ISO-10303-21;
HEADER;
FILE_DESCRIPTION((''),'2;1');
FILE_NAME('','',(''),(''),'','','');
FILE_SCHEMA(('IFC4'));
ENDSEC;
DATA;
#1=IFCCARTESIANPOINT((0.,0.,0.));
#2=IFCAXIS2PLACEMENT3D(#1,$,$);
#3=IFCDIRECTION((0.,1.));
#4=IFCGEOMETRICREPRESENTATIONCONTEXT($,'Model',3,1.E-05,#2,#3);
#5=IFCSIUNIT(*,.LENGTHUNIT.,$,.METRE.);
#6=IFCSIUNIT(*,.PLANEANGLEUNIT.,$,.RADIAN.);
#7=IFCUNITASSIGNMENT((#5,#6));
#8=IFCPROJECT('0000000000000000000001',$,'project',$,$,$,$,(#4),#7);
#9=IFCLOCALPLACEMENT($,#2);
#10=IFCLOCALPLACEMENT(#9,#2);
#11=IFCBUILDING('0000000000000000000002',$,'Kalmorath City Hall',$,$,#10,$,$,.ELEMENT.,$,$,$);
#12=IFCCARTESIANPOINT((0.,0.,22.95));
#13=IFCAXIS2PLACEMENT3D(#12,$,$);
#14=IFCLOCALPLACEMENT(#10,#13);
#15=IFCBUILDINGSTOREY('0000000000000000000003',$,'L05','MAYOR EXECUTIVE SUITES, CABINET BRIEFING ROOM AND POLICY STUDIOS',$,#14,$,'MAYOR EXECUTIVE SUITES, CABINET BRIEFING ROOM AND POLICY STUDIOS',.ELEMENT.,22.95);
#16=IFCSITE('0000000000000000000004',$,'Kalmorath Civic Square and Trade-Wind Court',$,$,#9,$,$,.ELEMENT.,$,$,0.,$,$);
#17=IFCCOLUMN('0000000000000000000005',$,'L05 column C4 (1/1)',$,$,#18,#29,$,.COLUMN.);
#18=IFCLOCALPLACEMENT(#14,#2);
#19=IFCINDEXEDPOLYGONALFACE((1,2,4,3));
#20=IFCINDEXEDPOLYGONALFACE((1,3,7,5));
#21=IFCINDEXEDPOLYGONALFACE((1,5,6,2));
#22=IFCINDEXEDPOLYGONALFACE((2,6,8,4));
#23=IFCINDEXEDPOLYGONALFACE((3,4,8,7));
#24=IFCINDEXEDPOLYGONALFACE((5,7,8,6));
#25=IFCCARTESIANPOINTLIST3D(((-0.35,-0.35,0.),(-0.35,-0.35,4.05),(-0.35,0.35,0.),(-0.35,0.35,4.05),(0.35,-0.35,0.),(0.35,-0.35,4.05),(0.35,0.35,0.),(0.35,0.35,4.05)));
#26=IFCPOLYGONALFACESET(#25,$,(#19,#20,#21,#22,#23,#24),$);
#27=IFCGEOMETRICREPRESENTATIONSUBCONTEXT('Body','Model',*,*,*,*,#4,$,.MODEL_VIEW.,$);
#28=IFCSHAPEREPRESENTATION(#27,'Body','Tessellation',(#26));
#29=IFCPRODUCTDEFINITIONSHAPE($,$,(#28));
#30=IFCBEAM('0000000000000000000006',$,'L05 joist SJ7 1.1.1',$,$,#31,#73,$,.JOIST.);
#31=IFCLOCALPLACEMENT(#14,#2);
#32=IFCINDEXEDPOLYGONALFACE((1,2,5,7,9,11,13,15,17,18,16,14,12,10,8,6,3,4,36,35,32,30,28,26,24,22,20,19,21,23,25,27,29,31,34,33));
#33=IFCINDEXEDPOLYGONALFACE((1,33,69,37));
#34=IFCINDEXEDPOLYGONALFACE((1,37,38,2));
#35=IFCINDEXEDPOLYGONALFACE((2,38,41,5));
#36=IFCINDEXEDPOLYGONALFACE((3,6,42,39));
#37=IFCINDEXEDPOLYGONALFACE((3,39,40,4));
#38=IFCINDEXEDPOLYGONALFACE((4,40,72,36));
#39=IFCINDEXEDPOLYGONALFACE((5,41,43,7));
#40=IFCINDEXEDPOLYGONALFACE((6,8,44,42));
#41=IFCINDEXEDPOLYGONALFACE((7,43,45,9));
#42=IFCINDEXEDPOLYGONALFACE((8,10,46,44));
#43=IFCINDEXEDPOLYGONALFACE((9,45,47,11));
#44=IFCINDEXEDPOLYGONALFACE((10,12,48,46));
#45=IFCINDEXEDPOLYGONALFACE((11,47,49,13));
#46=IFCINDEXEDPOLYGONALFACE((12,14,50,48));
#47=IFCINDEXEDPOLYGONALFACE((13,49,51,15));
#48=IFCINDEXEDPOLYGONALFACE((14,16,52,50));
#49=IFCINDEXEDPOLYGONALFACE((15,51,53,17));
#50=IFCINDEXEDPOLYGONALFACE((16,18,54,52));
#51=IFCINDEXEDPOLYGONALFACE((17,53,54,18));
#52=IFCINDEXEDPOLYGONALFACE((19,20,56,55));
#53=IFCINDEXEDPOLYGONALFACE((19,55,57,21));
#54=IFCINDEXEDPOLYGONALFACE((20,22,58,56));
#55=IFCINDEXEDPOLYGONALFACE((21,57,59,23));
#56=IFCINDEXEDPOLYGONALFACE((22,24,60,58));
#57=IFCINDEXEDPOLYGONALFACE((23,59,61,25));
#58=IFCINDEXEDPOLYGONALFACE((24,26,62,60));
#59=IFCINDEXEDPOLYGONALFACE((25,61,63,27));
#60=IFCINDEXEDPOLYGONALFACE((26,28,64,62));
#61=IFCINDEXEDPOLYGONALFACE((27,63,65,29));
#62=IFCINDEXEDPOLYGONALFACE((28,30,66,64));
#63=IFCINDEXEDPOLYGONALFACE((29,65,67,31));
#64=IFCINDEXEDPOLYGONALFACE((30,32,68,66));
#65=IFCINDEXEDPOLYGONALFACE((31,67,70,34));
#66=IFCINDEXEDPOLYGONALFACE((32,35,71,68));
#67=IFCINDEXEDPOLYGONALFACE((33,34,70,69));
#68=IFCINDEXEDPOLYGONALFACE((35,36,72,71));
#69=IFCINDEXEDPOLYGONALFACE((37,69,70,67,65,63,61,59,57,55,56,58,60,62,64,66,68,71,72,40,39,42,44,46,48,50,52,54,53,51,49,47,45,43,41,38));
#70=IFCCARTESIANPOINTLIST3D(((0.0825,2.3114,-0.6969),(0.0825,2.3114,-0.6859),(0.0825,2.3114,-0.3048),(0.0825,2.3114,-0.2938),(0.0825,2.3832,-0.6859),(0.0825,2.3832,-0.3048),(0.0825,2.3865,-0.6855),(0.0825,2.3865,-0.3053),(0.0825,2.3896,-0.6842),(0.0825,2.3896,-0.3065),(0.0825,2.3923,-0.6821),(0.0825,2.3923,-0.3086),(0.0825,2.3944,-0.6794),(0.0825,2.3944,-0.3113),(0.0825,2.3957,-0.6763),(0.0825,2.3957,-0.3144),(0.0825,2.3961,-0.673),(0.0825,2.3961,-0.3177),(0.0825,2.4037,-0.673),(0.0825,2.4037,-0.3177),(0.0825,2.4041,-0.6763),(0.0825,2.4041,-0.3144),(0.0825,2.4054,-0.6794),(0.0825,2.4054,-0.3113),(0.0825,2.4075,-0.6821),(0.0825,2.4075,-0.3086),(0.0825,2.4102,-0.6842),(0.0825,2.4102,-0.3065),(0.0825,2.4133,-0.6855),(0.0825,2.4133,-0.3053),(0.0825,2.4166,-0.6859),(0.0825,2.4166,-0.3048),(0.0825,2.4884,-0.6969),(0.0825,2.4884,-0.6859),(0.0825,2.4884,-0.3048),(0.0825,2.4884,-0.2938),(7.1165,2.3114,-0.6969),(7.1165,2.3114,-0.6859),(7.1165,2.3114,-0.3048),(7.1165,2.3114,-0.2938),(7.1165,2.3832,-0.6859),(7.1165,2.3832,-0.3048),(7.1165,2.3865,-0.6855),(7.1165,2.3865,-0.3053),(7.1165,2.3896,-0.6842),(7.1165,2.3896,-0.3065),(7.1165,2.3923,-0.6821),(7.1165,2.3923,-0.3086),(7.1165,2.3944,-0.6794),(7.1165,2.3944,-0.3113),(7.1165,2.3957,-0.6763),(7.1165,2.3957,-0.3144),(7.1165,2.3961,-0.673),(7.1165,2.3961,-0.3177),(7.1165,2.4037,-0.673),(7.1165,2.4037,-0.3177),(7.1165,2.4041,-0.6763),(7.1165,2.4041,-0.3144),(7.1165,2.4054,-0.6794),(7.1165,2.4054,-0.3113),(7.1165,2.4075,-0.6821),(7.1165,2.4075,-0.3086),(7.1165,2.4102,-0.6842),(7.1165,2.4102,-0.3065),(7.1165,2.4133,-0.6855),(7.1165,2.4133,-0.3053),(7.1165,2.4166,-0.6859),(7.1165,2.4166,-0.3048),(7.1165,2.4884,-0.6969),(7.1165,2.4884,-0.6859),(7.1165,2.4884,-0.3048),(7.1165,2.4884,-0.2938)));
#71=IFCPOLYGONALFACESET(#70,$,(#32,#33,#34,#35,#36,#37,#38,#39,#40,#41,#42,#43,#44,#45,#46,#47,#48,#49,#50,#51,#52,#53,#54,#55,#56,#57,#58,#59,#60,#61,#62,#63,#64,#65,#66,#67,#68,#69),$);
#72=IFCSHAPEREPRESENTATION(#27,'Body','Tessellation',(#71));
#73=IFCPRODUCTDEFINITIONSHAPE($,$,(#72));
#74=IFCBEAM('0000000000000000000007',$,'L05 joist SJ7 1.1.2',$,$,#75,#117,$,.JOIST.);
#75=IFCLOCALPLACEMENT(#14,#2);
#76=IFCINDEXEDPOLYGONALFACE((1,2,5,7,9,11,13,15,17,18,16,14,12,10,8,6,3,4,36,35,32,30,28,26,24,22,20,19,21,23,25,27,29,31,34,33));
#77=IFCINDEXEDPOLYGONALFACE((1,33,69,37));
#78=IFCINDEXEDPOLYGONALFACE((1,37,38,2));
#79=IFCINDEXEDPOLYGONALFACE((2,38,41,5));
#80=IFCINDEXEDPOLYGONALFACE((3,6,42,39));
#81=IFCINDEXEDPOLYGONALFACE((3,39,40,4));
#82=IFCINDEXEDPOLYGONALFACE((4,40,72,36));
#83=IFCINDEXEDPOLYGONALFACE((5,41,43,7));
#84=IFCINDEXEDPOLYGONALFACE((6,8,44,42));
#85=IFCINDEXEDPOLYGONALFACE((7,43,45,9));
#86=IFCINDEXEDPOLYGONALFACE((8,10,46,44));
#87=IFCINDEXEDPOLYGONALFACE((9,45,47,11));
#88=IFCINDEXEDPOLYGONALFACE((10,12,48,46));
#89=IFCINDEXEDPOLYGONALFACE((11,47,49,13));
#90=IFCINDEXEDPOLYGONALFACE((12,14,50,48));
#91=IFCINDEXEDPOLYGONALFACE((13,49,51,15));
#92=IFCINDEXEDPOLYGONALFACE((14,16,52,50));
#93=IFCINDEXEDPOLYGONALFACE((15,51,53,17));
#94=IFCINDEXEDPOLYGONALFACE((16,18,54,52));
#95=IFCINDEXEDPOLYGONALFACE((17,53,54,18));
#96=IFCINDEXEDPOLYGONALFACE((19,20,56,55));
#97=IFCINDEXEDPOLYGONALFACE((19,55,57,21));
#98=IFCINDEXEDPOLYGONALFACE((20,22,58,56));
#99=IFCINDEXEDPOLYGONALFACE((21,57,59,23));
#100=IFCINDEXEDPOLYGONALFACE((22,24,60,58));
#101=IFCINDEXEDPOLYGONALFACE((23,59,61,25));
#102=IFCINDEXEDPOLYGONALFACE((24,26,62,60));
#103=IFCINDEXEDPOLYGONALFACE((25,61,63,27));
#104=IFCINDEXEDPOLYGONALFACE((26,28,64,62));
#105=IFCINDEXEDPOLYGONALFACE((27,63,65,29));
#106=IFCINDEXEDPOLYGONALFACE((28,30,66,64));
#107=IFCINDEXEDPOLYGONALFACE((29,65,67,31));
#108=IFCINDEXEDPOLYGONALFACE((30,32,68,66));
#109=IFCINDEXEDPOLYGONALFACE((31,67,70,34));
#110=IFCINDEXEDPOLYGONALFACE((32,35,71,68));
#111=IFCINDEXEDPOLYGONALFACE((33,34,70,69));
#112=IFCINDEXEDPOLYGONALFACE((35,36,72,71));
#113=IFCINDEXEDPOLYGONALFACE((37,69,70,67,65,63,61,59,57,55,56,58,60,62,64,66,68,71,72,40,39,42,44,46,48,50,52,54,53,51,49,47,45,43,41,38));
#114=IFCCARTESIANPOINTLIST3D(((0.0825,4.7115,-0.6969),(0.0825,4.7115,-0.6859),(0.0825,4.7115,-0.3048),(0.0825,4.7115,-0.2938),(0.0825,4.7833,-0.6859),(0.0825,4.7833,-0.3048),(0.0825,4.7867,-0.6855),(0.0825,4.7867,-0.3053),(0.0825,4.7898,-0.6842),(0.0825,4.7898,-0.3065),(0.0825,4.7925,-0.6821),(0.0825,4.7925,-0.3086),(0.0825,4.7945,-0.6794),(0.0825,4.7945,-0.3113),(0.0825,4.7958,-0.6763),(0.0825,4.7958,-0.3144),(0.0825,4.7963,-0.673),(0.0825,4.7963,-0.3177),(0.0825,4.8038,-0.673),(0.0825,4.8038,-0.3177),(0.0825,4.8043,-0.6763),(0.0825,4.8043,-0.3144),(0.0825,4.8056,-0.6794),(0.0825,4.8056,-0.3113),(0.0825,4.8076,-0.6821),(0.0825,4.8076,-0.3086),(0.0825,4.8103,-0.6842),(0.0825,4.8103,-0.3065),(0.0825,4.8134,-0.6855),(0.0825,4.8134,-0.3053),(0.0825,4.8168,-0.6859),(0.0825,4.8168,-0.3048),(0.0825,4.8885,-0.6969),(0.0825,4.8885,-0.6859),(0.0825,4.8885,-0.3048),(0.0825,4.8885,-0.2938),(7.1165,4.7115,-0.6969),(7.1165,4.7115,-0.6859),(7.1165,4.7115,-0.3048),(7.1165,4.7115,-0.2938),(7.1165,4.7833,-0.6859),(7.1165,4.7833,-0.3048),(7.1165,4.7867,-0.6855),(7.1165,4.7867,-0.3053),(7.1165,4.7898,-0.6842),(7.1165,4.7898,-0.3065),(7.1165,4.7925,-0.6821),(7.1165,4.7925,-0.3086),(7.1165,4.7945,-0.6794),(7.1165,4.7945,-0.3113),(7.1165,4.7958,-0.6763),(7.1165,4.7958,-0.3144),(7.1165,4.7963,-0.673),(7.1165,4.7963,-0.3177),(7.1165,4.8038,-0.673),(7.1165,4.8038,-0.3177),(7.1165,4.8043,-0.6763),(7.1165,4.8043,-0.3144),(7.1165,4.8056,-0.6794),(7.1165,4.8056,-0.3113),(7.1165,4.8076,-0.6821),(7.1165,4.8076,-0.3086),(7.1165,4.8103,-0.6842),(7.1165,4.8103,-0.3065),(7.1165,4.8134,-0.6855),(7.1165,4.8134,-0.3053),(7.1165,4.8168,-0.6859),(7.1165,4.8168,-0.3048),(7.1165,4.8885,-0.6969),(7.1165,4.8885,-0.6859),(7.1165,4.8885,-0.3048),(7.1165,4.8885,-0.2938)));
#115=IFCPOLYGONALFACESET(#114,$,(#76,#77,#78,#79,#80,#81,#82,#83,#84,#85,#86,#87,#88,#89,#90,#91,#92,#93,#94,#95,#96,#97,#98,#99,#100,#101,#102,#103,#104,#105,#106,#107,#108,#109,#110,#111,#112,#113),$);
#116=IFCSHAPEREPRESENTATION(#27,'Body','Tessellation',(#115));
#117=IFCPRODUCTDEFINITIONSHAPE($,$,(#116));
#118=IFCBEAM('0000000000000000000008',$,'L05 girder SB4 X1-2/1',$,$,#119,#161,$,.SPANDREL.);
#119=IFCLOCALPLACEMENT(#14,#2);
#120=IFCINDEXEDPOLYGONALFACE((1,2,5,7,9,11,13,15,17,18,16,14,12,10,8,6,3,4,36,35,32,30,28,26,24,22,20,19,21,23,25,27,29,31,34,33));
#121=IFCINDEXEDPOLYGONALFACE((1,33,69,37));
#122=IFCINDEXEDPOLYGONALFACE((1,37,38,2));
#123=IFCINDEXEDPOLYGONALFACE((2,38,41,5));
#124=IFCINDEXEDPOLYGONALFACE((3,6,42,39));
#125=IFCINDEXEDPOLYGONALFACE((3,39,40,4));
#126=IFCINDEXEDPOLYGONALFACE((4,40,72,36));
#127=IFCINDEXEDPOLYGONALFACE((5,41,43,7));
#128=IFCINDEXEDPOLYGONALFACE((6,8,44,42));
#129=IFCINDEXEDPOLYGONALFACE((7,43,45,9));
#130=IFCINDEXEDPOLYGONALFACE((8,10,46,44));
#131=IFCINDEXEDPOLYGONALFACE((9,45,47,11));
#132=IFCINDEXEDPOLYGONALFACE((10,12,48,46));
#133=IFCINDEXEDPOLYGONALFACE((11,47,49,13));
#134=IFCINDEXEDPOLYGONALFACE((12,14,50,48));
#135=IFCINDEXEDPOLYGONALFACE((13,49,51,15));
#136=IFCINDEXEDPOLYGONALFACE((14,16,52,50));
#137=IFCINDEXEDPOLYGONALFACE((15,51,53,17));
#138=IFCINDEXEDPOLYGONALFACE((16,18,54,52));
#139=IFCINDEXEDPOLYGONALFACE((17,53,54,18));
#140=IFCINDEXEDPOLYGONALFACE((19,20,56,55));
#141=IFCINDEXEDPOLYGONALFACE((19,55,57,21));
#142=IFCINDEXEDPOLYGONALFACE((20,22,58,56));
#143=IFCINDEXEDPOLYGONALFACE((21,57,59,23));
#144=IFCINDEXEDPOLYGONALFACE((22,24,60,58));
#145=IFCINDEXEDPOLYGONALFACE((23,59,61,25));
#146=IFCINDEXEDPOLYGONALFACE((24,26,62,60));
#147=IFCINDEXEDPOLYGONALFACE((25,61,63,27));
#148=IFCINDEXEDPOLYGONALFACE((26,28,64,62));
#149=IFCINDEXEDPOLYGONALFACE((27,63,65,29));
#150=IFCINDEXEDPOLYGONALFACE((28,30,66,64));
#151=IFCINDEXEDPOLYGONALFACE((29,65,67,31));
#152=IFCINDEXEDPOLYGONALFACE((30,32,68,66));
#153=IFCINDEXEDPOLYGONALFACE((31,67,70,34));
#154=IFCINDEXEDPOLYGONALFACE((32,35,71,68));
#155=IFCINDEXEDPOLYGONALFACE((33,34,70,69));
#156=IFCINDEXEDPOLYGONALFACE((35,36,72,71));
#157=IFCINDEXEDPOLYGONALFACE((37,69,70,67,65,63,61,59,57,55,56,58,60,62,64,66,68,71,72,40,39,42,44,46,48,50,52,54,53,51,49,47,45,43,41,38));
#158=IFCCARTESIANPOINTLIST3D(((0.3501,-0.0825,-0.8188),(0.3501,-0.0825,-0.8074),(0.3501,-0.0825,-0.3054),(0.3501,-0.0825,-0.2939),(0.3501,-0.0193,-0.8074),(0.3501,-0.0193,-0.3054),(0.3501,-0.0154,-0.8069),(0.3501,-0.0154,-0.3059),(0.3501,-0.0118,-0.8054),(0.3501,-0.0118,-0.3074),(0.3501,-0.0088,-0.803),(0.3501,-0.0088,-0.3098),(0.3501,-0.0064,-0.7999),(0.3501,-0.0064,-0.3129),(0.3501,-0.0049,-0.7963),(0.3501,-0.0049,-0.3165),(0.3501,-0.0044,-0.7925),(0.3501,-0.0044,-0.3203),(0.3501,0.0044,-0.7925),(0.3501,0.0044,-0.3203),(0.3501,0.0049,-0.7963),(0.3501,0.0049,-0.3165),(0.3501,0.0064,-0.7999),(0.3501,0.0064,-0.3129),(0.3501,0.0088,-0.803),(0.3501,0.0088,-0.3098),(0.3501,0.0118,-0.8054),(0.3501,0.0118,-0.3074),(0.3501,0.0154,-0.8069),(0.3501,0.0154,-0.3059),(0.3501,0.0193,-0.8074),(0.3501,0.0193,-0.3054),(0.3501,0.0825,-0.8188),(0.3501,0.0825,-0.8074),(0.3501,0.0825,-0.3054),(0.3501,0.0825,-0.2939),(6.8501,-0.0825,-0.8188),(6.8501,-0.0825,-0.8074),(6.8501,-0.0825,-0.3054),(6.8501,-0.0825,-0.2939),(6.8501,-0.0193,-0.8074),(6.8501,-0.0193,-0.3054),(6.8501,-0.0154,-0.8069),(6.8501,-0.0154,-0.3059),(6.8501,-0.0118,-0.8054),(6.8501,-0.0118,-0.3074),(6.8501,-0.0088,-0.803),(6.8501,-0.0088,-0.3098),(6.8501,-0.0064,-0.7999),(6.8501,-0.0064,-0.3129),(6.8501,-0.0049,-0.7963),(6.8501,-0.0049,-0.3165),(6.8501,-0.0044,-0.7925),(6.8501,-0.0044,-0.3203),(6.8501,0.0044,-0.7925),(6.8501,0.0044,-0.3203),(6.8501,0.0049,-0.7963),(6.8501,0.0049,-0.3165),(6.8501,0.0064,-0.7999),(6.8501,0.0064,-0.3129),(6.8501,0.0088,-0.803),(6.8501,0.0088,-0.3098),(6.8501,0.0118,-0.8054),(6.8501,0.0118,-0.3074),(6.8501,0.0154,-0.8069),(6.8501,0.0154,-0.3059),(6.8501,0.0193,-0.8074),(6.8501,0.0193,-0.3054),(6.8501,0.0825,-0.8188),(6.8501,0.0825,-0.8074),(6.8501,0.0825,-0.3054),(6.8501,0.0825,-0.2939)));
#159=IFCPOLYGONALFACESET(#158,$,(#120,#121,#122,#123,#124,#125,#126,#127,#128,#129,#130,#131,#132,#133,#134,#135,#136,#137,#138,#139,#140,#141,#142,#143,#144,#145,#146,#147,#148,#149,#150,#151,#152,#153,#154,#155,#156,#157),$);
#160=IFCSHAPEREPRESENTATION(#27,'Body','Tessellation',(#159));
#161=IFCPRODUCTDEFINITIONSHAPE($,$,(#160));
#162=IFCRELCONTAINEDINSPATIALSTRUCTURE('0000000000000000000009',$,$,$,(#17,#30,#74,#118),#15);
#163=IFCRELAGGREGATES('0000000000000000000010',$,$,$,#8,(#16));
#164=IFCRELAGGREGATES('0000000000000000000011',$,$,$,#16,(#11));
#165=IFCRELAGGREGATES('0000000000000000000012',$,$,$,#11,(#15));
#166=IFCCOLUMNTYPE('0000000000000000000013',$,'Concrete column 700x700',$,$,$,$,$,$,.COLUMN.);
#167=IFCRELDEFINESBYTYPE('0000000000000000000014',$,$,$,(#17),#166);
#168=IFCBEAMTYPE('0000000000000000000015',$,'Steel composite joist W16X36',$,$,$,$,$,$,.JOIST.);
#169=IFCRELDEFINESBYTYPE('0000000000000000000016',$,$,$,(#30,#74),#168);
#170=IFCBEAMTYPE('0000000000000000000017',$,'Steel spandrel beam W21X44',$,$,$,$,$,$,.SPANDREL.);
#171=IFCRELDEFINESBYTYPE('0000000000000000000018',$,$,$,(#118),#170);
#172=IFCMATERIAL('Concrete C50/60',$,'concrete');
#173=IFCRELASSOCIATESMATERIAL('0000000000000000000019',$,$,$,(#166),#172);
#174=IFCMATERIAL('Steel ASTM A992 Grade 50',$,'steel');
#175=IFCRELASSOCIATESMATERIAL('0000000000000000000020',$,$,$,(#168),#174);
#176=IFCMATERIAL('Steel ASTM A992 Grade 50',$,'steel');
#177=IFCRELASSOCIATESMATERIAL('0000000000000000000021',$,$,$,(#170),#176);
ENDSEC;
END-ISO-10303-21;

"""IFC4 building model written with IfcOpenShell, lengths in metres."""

from ifc_helpers import new_model, si_unit, direction, frame, origin, origin_with_axes, origin_2d, place, context, subcontext, project, spatial, rectangle, i_section, extrude, material, material_profile, profile_set, type_object, element, save


model = new_model("IFC4")

# Units and contexts
model_context = context("Model", 3, precision=1e-05, world=origin(), true_north=direction((0.0, 1.0)))
body_context = subcontext(model_context, "Body", "Model", "MODEL_VIEW")
ifc_project = project(units=[si_unit("LENGTHUNIT", "METRE"), si_unit("PLANEANGLEUNIT", "RADIAN")], contexts=[model_context])

# Site, building, storey
site_placement = place(None, origin())
site = spatial("IfcSite", under=ifc_project, at=site_placement, Name="Kalmorath Civic Square and Trade-Wind Court", CompositionType="ELEMENT", RefElevation=0.0)
building_placement = place(site_placement, origin())
building = spatial("IfcBuilding", under=site, at=building_placement, Name="Kalmorath City Hall", CompositionType="ELEMENT")
storey_placement = place(building_placement, frame((0.0, 0.0, 22.95)))
storey = spatial("IfcBuildingStorey", under=building, at=storey_placement, Name="L05", Description="MAYOR EXECUTIVE SUITES, CABINET BRIEFING ROOM AND POLICY STUDIOS", LongName="MAYOR EXECUTIVE SUITES, CABINET BRIEFING ROOM AND POLICY STUDIOS", CompositionType="ELEMENT", Elevation=22.95)

# Column
ifc_material_1 = material(Name="Concrete C50/60", Category="concrete")
ifc_material_profile_1 = material_profile(ifc_material_1, rectangle(XDim=0.7, YDim=0.7, at=origin_2d()), Name="RC-COL-700X700")
ifc_profile_set_1 = profile_set([ifc_material_profile_1], Name="Concrete C50/60")
column_type = type_object("IfcColumnType", Name="Concrete column 700x700", PredefinedType="COLUMN", material=ifc_profile_set_1)
column_placement = place(storey_placement, origin_with_axes())
element("IfcColumn", 1, at=column_placement, inside=storey, type_object=column_type, Name="L05 column C4 (1/1)", PredefinedType="COLUMN", context=body_context, shape_type="SweptSolid", body=[
    extrude(rectangle(XDim=0.7, YDim=0.7, at=origin_2d()), origin(), (0.0, 0.0, 1.0), 4.05),
])

# Beams
ifc_material_2 = material(Name="Steel ASTM A992 Grade 50", Category="steel")
ifc_material_profile_2 = material_profile(ifc_material_2, i_section(OverallWidth=0.177, OverallDepth=0.4031, WebThickness=0.0076, FlangeThickness=0.011, FilletRadius=0.0129, at=origin_2d()), Name="W16X36")
ifc_profile_set_2 = profile_set([ifc_material_profile_2], Name="Steel ASTM A992 Grade 50")
beam_type_1 = type_object("IfcBeamType", Name="Steel composite joist W16X36", PredefinedType="JOIST", material=ifc_profile_set_2)
for number, where, z_axis, x_axis, name in (
    (2, (0.0825, 2.3999, -0.4954), (1.0, 0.0, 0.0), (0.0, 1.0, 0.0), "L05 joist SJ7 1.1.1"),
    (3, (0.0825, 4.8, -0.4954), (1.0, 0.0, 0.0), (0.0, 1.0, 0.0), "L05 joist SJ7 1.1.2"),
):
    element("IfcBeam", number, at=place(storey_placement, frame(where, z_axis=z_axis, x_axis=x_axis)), inside=storey, type_object=beam_type_1, Name=name, PredefinedType="JOIST", context=body_context, shape_type="SweptSolid", body=[
        extrude(i_section(OverallWidth=0.177, OverallDepth=0.4031, WebThickness=0.0076, FlangeThickness=0.011, FilletRadius=0.0129, at=origin_2d()), origin(), (0.0, 0.0, 1.0), 7.0339),
    ])
ifc_material_3 = material(Name="Steel ASTM A992 Grade 50", Category="steel")
ifc_material_profile_3 = material_profile(ifc_material_3, i_section(OverallWidth=0.165, OverallDepth=0.5249, WebThickness=0.0088, FlangeThickness=0.0115, FilletRadius=0.0149, at=origin_2d()), Name="W21X44")
ifc_profile_set_3 = profile_set([ifc_material_profile_3], Name="Steel ASTM A992 Grade 50")
beam_type_2 = type_object("IfcBeamType", Name="Steel spandrel beam W21X44", PredefinedType="SPANDREL", material=ifc_profile_set_3)
for number, where, z_axis, x_axis, name in (
    (4, (0.3501, 0.0, -0.5564), (1.0, 0.0, 0.0), (0.0, 1.0, 0.0), "L05 girder SB4 X1-2/1"),
):
    element("IfcBeam", number, at=place(storey_placement, frame(where, z_axis=z_axis, x_axis=x_axis)), inside=storey, type_object=beam_type_2, Name=name, PredefinedType="SPANDREL", context=body_context, shape_type="SweptSolid", body=[
        extrude(i_section(OverallWidth=0.165, OverallDepth=0.5249, WebThickness=0.0088, FlangeThickness=0.0115, FilletRadius=0.0149, at=origin_2d()), origin(), (0.0, 0.0, 1.0), 6.5),
    ])

save(model, "model.ifc")
